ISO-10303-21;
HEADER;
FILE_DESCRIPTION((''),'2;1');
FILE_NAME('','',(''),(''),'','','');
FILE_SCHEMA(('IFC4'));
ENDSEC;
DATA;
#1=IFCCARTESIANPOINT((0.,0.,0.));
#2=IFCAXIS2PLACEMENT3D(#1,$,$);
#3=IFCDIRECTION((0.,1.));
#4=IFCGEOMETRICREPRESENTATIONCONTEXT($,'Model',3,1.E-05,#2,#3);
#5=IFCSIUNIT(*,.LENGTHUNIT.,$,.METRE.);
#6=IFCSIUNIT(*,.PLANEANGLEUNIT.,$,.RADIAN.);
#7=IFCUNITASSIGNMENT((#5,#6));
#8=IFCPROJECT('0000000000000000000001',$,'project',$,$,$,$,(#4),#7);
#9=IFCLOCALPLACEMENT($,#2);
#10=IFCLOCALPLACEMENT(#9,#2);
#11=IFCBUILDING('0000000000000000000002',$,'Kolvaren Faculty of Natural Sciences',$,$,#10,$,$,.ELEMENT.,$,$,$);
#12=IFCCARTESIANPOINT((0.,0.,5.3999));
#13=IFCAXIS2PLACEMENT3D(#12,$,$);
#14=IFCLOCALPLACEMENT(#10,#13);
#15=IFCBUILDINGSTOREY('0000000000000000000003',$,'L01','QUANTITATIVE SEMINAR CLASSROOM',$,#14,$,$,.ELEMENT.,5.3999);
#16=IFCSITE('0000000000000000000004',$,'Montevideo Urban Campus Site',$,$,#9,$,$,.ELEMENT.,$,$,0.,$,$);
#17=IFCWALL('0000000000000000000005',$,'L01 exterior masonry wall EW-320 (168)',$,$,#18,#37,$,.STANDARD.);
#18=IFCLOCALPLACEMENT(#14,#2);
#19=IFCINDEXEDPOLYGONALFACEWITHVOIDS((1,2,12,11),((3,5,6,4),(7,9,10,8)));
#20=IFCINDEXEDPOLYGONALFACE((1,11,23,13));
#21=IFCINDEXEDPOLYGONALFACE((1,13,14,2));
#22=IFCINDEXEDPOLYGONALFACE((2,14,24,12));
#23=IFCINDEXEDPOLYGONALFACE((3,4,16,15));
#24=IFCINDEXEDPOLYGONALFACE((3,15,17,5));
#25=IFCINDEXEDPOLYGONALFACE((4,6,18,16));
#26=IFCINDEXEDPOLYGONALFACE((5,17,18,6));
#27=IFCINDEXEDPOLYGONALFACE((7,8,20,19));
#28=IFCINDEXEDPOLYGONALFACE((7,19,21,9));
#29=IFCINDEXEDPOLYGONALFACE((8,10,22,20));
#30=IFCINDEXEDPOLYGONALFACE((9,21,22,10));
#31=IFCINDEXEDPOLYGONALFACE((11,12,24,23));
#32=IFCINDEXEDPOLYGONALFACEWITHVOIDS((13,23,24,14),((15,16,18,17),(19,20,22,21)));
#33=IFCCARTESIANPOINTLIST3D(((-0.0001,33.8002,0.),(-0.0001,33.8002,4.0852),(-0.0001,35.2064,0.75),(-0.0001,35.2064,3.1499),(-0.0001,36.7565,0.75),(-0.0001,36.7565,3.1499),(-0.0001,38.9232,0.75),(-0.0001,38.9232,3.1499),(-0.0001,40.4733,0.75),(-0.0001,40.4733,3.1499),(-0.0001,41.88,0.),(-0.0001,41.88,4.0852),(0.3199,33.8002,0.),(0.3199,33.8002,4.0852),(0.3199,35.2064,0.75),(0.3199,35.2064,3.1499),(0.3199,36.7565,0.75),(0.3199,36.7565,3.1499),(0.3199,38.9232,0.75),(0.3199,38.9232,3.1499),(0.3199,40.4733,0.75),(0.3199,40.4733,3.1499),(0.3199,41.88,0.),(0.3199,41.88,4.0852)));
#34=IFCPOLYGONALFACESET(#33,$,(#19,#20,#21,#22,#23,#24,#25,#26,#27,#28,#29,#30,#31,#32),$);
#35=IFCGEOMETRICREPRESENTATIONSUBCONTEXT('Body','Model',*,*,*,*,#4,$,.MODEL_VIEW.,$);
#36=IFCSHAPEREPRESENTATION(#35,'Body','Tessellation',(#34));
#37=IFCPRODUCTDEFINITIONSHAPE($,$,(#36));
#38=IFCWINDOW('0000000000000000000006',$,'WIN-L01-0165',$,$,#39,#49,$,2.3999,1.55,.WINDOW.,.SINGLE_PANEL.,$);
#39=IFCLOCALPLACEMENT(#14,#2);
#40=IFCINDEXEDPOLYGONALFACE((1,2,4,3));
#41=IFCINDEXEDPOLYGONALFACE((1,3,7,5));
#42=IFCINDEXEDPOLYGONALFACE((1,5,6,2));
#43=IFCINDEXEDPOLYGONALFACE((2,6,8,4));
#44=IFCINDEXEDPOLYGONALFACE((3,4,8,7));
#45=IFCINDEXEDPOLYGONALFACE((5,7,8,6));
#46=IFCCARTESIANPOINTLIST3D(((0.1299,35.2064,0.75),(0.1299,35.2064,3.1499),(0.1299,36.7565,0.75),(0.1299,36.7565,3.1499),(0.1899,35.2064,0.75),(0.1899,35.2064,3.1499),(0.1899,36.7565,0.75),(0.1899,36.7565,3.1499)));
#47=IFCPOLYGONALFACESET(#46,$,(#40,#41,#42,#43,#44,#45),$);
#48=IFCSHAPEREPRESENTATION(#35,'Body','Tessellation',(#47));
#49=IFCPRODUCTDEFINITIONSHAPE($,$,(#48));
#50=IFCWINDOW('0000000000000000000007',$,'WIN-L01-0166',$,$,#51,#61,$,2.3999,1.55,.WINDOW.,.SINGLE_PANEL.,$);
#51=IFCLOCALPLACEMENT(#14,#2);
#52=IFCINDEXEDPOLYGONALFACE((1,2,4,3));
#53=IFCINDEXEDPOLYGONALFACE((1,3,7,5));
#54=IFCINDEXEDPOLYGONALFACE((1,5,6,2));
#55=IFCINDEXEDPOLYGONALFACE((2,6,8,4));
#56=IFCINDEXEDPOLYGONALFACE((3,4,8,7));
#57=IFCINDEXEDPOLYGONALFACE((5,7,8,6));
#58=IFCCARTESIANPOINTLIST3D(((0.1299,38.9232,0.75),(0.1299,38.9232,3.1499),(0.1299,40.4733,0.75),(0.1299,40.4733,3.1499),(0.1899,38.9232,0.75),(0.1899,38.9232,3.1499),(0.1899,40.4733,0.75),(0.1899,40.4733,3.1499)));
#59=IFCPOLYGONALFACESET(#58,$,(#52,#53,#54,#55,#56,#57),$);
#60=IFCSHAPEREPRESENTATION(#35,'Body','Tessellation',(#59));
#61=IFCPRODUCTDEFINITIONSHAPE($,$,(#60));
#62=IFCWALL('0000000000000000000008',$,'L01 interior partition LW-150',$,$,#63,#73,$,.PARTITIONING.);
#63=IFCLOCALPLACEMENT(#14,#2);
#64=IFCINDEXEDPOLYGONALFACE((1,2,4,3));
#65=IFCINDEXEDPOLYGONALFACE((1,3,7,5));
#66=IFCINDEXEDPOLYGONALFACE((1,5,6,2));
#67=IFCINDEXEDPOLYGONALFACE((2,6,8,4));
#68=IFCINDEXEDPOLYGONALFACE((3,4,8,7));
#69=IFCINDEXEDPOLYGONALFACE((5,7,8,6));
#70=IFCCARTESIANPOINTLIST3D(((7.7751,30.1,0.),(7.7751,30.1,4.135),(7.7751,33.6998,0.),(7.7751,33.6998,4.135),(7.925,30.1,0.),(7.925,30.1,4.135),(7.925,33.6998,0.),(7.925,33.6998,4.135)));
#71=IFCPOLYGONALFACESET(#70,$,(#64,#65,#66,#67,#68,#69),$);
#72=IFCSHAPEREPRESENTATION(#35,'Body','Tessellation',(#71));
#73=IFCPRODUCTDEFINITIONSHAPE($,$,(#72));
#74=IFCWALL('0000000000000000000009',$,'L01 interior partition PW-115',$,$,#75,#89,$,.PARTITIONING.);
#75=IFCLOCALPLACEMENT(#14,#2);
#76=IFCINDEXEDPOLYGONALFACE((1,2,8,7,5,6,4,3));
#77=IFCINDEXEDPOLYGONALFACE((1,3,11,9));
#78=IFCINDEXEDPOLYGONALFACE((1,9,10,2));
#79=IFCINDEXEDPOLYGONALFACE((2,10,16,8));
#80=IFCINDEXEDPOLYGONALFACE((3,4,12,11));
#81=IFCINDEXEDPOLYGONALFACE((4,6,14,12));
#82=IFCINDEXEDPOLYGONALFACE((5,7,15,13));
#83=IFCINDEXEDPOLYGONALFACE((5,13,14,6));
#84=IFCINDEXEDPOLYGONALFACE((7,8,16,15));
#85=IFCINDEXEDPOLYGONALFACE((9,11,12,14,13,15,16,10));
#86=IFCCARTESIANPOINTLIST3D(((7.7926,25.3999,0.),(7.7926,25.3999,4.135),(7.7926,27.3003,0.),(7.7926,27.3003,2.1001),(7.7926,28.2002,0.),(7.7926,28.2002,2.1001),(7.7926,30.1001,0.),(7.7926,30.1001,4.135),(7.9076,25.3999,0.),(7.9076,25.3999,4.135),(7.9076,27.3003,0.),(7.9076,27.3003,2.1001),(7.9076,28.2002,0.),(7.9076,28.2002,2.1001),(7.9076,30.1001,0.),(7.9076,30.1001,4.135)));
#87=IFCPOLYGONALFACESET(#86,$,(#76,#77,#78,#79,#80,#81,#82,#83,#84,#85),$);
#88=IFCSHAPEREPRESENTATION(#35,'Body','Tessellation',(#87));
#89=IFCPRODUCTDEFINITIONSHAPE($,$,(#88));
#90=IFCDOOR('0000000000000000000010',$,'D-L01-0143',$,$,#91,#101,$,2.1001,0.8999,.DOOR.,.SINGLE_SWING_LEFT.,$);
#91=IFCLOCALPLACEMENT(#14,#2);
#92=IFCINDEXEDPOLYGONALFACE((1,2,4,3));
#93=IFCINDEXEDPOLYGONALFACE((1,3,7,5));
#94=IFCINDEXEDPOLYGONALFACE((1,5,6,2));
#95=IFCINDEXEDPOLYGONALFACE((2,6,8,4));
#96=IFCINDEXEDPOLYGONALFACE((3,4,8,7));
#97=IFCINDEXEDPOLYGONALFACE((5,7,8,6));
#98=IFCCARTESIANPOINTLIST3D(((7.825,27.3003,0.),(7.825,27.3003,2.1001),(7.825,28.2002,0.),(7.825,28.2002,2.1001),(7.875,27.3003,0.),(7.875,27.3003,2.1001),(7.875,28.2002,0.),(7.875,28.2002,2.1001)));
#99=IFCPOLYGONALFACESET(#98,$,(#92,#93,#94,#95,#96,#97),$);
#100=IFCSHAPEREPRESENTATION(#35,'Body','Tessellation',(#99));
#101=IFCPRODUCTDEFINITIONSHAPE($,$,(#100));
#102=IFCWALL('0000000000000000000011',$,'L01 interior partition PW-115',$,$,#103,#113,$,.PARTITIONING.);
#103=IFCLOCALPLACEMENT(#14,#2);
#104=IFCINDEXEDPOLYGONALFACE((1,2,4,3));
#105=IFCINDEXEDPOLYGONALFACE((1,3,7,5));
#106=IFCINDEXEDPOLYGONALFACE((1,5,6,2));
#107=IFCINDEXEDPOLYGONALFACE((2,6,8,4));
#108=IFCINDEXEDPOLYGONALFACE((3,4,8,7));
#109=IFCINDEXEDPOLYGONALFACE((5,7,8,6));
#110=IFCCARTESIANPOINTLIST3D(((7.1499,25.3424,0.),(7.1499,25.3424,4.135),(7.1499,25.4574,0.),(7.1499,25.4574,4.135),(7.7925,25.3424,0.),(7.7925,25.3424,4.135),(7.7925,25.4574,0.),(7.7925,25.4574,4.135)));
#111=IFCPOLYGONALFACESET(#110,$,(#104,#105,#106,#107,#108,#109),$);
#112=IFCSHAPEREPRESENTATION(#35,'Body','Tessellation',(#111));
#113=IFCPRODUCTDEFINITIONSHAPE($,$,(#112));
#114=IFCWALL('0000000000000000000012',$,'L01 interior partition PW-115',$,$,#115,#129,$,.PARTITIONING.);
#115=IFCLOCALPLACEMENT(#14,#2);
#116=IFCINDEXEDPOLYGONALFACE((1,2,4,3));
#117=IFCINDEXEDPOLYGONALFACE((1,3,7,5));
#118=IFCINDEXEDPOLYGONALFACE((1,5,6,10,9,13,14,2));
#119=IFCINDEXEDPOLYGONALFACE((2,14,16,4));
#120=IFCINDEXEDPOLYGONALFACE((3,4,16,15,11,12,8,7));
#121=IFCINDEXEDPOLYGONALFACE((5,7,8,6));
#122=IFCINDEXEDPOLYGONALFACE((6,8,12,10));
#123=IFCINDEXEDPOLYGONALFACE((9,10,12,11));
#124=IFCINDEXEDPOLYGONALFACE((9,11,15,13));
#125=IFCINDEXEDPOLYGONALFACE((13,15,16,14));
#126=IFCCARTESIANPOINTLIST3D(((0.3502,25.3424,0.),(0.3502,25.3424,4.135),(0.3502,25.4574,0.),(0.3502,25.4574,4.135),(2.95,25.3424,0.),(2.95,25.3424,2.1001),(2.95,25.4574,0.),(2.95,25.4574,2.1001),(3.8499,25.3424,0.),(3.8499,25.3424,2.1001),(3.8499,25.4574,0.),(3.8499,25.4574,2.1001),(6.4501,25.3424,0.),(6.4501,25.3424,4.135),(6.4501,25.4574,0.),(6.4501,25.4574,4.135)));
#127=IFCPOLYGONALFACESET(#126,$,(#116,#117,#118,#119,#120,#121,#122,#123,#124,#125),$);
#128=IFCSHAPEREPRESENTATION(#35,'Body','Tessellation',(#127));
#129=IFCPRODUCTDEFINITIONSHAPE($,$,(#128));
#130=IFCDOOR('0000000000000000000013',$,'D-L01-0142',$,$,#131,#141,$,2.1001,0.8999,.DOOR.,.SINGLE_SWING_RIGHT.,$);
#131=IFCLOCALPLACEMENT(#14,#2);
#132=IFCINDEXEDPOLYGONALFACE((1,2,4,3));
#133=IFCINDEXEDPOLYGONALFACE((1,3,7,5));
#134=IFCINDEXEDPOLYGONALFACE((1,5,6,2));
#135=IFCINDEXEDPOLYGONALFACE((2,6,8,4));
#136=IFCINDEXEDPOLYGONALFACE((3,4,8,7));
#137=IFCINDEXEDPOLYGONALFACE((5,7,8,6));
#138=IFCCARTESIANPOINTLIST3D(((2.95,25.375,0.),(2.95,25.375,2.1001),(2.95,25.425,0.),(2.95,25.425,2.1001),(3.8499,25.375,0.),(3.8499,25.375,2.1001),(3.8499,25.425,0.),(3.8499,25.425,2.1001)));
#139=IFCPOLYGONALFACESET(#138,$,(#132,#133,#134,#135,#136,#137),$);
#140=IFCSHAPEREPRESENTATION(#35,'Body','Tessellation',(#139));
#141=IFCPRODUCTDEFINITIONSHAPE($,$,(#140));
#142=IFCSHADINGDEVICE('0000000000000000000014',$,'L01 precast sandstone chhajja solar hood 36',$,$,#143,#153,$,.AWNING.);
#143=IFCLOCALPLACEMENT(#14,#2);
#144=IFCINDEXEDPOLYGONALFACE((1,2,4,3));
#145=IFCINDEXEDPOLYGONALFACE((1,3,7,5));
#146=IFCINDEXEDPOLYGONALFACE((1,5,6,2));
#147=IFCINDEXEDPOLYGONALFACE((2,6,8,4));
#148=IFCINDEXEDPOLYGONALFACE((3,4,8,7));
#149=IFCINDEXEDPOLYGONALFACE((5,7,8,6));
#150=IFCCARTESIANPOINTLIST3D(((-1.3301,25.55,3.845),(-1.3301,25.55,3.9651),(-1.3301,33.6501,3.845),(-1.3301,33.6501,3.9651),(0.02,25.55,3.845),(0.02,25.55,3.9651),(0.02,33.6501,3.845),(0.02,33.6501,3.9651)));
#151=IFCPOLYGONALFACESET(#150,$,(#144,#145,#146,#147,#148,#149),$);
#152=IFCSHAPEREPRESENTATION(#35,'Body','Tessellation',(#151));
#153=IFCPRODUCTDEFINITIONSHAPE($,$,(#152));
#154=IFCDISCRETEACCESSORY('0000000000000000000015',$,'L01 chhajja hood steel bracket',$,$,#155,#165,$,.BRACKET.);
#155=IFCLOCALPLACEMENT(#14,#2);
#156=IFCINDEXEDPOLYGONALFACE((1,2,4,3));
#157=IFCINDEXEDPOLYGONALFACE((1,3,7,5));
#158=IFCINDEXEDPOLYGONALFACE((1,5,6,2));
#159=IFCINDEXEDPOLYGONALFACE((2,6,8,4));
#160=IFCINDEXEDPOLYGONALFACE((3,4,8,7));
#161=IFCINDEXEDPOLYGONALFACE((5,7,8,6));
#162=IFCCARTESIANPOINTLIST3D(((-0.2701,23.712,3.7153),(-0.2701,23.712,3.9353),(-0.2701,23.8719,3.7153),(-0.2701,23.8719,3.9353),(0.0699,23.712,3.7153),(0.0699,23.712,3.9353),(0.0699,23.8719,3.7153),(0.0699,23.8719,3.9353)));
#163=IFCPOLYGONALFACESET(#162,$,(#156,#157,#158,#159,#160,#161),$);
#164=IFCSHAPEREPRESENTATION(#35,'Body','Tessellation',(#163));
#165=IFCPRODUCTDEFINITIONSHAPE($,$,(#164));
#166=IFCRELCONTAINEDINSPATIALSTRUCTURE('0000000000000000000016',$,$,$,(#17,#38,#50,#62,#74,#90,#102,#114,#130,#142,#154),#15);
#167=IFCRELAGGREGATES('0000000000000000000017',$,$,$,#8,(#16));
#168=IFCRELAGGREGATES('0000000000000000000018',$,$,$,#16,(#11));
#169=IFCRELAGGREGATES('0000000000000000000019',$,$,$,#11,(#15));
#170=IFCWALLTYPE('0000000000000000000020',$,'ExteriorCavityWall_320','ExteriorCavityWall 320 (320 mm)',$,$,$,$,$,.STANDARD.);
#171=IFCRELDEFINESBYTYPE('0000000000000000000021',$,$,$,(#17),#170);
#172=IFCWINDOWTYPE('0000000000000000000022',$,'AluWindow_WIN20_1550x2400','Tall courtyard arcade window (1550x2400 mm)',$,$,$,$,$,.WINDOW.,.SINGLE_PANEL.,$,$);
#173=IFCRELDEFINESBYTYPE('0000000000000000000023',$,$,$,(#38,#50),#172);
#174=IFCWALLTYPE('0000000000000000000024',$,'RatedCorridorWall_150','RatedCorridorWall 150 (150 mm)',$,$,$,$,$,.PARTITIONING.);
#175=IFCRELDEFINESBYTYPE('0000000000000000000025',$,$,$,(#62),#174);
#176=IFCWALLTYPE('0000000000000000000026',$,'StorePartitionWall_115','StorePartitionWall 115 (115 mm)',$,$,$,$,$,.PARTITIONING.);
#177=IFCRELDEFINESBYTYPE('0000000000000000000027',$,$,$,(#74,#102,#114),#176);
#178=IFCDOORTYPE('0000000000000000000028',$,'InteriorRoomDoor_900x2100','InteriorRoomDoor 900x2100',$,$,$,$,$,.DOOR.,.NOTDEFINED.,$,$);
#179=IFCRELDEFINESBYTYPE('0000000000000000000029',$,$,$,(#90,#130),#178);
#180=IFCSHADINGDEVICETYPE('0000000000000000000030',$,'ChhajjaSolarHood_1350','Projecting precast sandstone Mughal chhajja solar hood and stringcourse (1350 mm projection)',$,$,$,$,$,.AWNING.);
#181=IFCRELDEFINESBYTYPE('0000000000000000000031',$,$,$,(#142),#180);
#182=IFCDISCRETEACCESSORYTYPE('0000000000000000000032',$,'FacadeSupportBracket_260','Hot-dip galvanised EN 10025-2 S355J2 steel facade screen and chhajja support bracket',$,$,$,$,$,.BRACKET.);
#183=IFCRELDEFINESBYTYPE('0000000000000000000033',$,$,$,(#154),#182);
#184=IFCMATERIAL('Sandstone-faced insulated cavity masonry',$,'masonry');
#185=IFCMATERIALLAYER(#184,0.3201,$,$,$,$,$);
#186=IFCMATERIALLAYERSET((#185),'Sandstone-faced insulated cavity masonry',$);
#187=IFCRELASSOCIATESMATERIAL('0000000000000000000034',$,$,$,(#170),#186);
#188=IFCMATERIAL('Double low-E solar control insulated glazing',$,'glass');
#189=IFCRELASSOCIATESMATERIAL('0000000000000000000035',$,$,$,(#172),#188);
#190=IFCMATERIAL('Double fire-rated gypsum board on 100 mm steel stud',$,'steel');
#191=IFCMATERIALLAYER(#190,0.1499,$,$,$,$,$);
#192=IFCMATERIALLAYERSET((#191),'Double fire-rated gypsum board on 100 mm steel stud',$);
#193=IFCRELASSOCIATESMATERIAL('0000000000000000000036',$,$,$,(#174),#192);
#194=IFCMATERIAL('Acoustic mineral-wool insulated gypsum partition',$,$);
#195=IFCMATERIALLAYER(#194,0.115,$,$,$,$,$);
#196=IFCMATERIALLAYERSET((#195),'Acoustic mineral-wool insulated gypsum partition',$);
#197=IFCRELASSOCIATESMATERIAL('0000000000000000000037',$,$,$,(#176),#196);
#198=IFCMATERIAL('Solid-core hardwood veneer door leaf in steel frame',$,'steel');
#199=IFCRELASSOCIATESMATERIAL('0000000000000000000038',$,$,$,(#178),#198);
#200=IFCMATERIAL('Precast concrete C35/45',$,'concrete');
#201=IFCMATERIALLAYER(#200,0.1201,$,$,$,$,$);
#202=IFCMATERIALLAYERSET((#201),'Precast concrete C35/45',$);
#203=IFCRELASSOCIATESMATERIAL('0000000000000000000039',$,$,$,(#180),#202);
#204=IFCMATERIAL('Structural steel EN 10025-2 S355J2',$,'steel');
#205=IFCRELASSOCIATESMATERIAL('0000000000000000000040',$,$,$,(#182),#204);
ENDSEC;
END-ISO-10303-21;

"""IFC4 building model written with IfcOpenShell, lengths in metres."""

from ifc_helpers import new_model, si_unit, direction, frame, frame_2d, origin, origin_2d, place, context, subcontext, project, spatial, rectangle, extrude, material, layer, layer_set, type_object, element, fill, save


model = new_model("IFC4")

# Units and contexts
model_context = context("Model", 3, precision=1e-05, world=origin(), true_north=direction((0.0, 1.0)))
body_context = subcontext(model_context, "Body", "Model", "MODEL_VIEW")
ifc_project = project(units=[si_unit("LENGTHUNIT", "METRE"), si_unit("PLANEANGLEUNIT", "RADIAN")], contexts=[model_context])

# Site, building, storey
site_placement = place(None, origin())
site = spatial("IfcSite", under=ifc_project, at=site_placement, Name="Montevideo Urban Campus Site", CompositionType="ELEMENT", RefElevation=0.0)
building_placement = place(site_placement, origin())
building = spatial("IfcBuilding", under=site, at=building_placement, Name="Kolvaren Faculty of Natural Sciences", CompositionType="ELEMENT")
storey_placement = place(building_placement, frame((0.0, 0.0, 5.3999)))
storey = spatial("IfcBuildingStorey", under=building, at=storey_placement, Name="L01", Description="QUANTITATIVE SEMINAR CLASSROOM", CompositionType="ELEMENT", Elevation=5.3999)

# Wall, openings, windows
ifc_material_1 = material(Name="Sandstone-faced insulated cavity masonry", Category="masonry")
ifc_layer_1 = layer(ifc_material_1, 0.3201)
ifc_layer_set_1 = layer_set([ifc_layer_1], Name="Sandstone-faced insulated cavity masonry")
wall_type_1 = type_object("IfcWallType", Name="ExteriorCavityWall_320", Description="ExteriorCavityWall 320 (320 mm)", PredefinedType="STANDARD", material=ifc_layer_set_1)
ifc_material_2 = material(Name="Double low-E solar control insulated glazing", Category="glass")
wall_1_placement = place(storey_placement, frame((0.1599, 33.8, 0.0), z_axis=(0.0, 0.0, 1.0), x_axis=(0.0, 1.0, 0.0)))
wall_1 = element("IfcWall", 1, at=wall_1_placement, inside=storey, type_object=wall_type_1, Name="L01 exterior masonry wall EW-320 (168)", PredefinedType="STANDARD", context=body_context, shape_type="SweptSolid", body=[
    extrude(rectangle(XDim=8.0798, YDim=0.3201, at=frame_2d((4.04, 0.0))), origin(), (0.0, 0.0, 1.0), 4.0852),
])
opening_1_placement = place(wall_1_placement, frame((1.4065, 0.0, 0.75)))
opening_1 = element("IfcOpeningElement", 2, at=opening_1_placement, cuts=wall_1, PredefinedType="OPENING", context=body_context, shape_type="SweptSolid", body=[
    extrude(rectangle(XDim=1.55, YDim=2.3999, at=frame_2d((0.7749, 1.2))), frame((0.0, 0.1699, 0.0), z_axis=(0.0, -1.0, 0.0), x_axis=(1.0, 0.0, 0.0)), (0.0, 0.0, 1.0), 0.3401),
])
opening_2_placement = place(wall_1_placement, frame((5.1233, 0.0, 0.75)))
opening_2 = element("IfcOpeningElement", 3, at=opening_2_placement, cuts=wall_1, PredefinedType="OPENING", context=body_context, shape_type="SweptSolid", body=[
    extrude(rectangle(XDim=1.55, YDim=2.3999, at=frame_2d((0.7749, 1.2))), frame((0.0, 0.1699, 0.0), z_axis=(0.0, -1.0, 0.0), x_axis=(1.0, 0.0, 0.0)), (0.0, 0.0, 1.0), 0.3401),
])
window_type_1 = type_object("IfcWindowType", Name="AluWindow_WIN20_1550x2400", Description="Tall courtyard arcade window (1550x2400 mm)", PartitioningType="SINGLE_PANEL", PredefinedType="WINDOW", material=ifc_material_2)
window_1_placement = place(opening_1_placement, origin())
window_1 = element("IfcWindow", 4, at=window_1_placement, inside=storey, type_object=window_type_1, Name="WIN-L01-0165", OverallHeight=2.3999, OverallWidth=1.55, PartitioningType="SINGLE_PANEL", PredefinedType="WINDOW", context=body_context, shape_type="SweptSolid", body=[
    extrude(rectangle(XDim=1.55, YDim=2.3999, at=frame_2d((0.7749, 1.2))), frame((0.0, 0.03, 0.0), z_axis=(0.0, -1.0, 0.0), x_axis=(1.0, 0.0, 0.0)), (0.0, 0.0, 1.0), 0.0601),
])
fill(opening_1, window_1)
window_2_placement = place(opening_2_placement, origin())
window_2 = element("IfcWindow", 5, at=window_2_placement, inside=storey, type_object=window_type_1, Name="WIN-L01-0166", OverallHeight=2.3999, OverallWidth=1.55, PartitioningType="SINGLE_PANEL", PredefinedType="WINDOW", context=body_context, shape_type="SweptSolid", body=[
    extrude(rectangle(XDim=1.55, YDim=2.3999, at=frame_2d((0.7749, 1.2))), frame((0.0, 0.03, 0.0), z_axis=(0.0, -1.0, 0.0), x_axis=(1.0, 0.0, 0.0)), (0.0, 0.0, 1.0), 0.0601),
])
fill(opening_2, window_2)

# Wall
ifc_material_3 = material(Name="Double fire-rated gypsum board on 100 mm steel stud", Category="steel")
ifc_layer_2 = layer(ifc_material_3, 0.1499)
ifc_layer_set_2 = layer_set([ifc_layer_2], Name="Double fire-rated gypsum board on 100 mm steel stud")
wall_type_2 = type_object("IfcWallType", Name="RatedCorridorWall_150", Description="RatedCorridorWall 150 (150 mm)", PredefinedType="PARTITIONING", material=ifc_layer_set_2)
wall_2_placement = place(storey_placement, frame((7.8501, 30.1001, 0.0), z_axis=(0.0, 0.0, 1.0), x_axis=(0.0, 1.0, 0.0)))
element("IfcWall", 6, at=wall_2_placement, inside=storey, type_object=wall_type_2, Name="L01 interior partition LW-150", PredefinedType="PARTITIONING", context=body_context, shape_type="SweptSolid", body=[
    extrude(rectangle(XDim=3.5999, YDim=0.1499, at=frame_2d((1.7998, 0.0))), origin(), (0.0, 0.0, 1.0), 4.135),
])

# Wall, opening, door
ifc_material_4 = material(Name="Acoustic mineral-wool insulated gypsum partition")
ifc_layer_3 = layer(ifc_material_4, 0.115)
ifc_layer_set_3 = layer_set([ifc_layer_3], Name="Acoustic mineral-wool insulated gypsum partition")
wall_type_3 = type_object("IfcWallType", Name="StorePartitionWall_115", Description="StorePartitionWall 115 (115 mm)", PredefinedType="PARTITIONING", material=ifc_layer_set_3)
wall_3_placement = place(storey_placement, frame((7.8501, 30.1001, 0.0), z_axis=(0.0, 0.0, 1.0), x_axis=(0.0, -1.0, 0.0)))
wall_3 = element("IfcWall", 7, at=wall_3_placement, inside=storey, type_object=wall_type_3, Name="L01 interior partition PW-115", PredefinedType="PARTITIONING", context=body_context, shape_type="SweptSolid", body=[
    extrude(rectangle(XDim=4.7002, YDim=0.115, at=frame_2d((2.3501, 0.0))), origin(), (0.0, 0.0, 1.0), 4.135),
])
opening_3_placement = place(wall_3_placement, frame((1.8999, 0.0, 0.0)))
opening_3 = element("IfcOpeningElement", 8, at=opening_3_placement, cuts=wall_3, PredefinedType="OPENING", context=body_context, shape_type="SweptSolid", body=[
    extrude(rectangle(XDim=0.8999, YDim=2.1001, at=frame_2d((0.45, 1.05))), frame((0.0, 0.0674, 0.0), z_axis=(0.0, -1.0, 0.0), x_axis=(1.0, 0.0, 0.0)), (0.0, 0.0, 1.0), 0.135),
])
ifc_material_5 = material(Name="Solid-core hardwood veneer door leaf in steel frame", Category="steel")
door_type = type_object("IfcDoorType", Name="InteriorRoomDoor_900x2100", Description="InteriorRoomDoor 900x2100", OperationType="NOTDEFINED", PredefinedType="DOOR", material=ifc_material_5)
door_1_placement = place(opening_3_placement, origin())
door_1 = element("IfcDoor", 9, at=door_1_placement, inside=storey, type_object=door_type, Name="D-L01-0143", OperationType="SINGLE_SWING_LEFT", OverallHeight=2.1001, OverallWidth=0.8999, PredefinedType="DOOR", context=body_context, shape_type="SweptSolid", body=[
    extrude(rectangle(XDim=0.8999, YDim=2.1001, at=frame_2d((0.45, 1.05))), frame((0.0, 0.0249, 0.0), z_axis=(0.0, -1.0, 0.0), x_axis=(1.0, 0.0, 0.0)), (0.0, 0.0, 1.0), 0.05),
])
fill(opening_3, door_1)

# Wall
wall_4_placement = place(storey_placement, frame((7.7925, 25.3999, 0.0), z_axis=(0.0, 0.0, 1.0), x_axis=(-1.0, 0.0, 0.0)))
element("IfcWall", 10, at=wall_4_placement, inside=storey, type_object=wall_type_3, Name="L01 interior partition PW-115", PredefinedType="PARTITIONING", context=body_context, shape_type="SweptSolid", body=[
    extrude(rectangle(XDim=0.6426, YDim=0.115, at=frame_2d((0.3213, 0.0))), origin(), (0.0, 0.0, 1.0), 4.135),
])

# Wall, opening, door
wall_5_placement = place(storey_placement, frame((6.45, 25.3999, 0.0), z_axis=(0.0, 0.0, 1.0), x_axis=(-1.0, 0.0, 0.0)))
wall_5 = element("IfcWall", 11, at=wall_5_placement, inside=storey, type_object=wall_type_3, Name="L01 interior partition PW-115", PredefinedType="PARTITIONING", context=body_context, shape_type="SweptSolid", body=[
    extrude(rectangle(XDim=6.0999, YDim=0.115, at=frame_2d((3.0498, 0.0))), origin(), (0.0, 0.0, 1.0), 4.135),
])
opening_4_placement = place(wall_5_placement, frame((2.6001, 0.0, 0.0)))
opening_4 = element("IfcOpeningElement", 12, at=opening_4_placement, cuts=wall_5, PredefinedType="OPENING", context=body_context, shape_type="SweptSolid", body=[
    extrude(rectangle(XDim=0.8999, YDim=2.1001, at=frame_2d((0.45, 1.05))), frame((0.0, 0.0674, 0.0), z_axis=(0.0, -1.0, 0.0), x_axis=(1.0, 0.0, 0.0)), (0.0, 0.0, 1.0), 0.135),
])
door_2_placement = place(opening_4_placement, origin())
door_2 = element("IfcDoor", 13, at=door_2_placement, inside=storey, type_object=door_type, Name="D-L01-0142", OperationType="SINGLE_SWING_RIGHT", OverallHeight=2.1001, OverallWidth=0.8999, PredefinedType="DOOR", context=body_context, shape_type="SweptSolid", body=[
    extrude(rectangle(XDim=0.8999, YDim=2.1001, at=frame_2d((0.45, 1.05))), frame((0.0, 0.0249, 0.0), z_axis=(0.0, -1.0, 0.0), x_axis=(1.0, 0.0, 0.0)), (0.0, 0.0, 1.0), 0.05),
])
fill(opening_4, door_2)

# Shading device
ifc_material_6 = material(Name="Precast concrete C35/45", Category="concrete")
ifc_layer_4 = layer(ifc_material_6, 0.1201)
ifc_layer_set_4 = layer_set([ifc_layer_4], Name="Precast concrete C35/45")
shading_device_type = type_object("IfcShadingDeviceType", Name="ChhajjaSolarHood_1350", Description="Projecting precast sandstone Mughal chhajja solar hood and stringcourse (1350 mm projection)", PredefinedType="AWNING", material=ifc_layer_set_4)
shading_device_placement = place(storey_placement, frame((-0.655, 29.6001, 3.845), z_axis=(0.0, 0.0, 1.0), x_axis=(0.0, 1.0, 0.0)))
element("IfcShadingDevice", 14, at=shading_device_placement, inside=storey, type_object=shading_device_type, Name="L01 precast sandstone chhajja solar hood 36", PredefinedType="AWNING", context=body_context, shape_type="SweptSolid", body=[
    extrude(rectangle(XDim=8.1001, YDim=1.3501, at=origin_2d()), origin(), (0.0, 0.0, 1.0), 0.1201),
])

# Discrete accessory
ifc_material_7 = material(Name="Structural steel EN 10025-2 S355J2", Category="steel")
discrete_accessory_type = type_object("IfcDiscreteAccessoryType", Name="FacadeSupportBracket_260", Description="Hot-dip galvanised EN 10025-2 S355J2 steel facade screen and chhajja support bracket", PredefinedType="BRACKET", material=ifc_material_7)
for number, where, z_axis, x_axis, name in (
    (15, (-0.1001, 23.792, 3.7153), (0.0, 0.0, 1.0), (0.0, 1.0, 0.0), "L01 chhajja hood steel bracket"),
):
    element("IfcDiscreteAccessory", number, at=place(storey_placement, frame(where, z_axis=z_axis, x_axis=x_axis)), inside=storey, type_object=discrete_accessory_type, Name=name, PredefinedType="BRACKET", context=body_context, shape_type="SweptSolid", body=[
        extrude(rectangle(XDim=0.1599, YDim=0.3401, at=origin_2d()), origin(), (0.0, 0.0, 1.0), 0.22),
    ])

save(model, "model.ifc")
